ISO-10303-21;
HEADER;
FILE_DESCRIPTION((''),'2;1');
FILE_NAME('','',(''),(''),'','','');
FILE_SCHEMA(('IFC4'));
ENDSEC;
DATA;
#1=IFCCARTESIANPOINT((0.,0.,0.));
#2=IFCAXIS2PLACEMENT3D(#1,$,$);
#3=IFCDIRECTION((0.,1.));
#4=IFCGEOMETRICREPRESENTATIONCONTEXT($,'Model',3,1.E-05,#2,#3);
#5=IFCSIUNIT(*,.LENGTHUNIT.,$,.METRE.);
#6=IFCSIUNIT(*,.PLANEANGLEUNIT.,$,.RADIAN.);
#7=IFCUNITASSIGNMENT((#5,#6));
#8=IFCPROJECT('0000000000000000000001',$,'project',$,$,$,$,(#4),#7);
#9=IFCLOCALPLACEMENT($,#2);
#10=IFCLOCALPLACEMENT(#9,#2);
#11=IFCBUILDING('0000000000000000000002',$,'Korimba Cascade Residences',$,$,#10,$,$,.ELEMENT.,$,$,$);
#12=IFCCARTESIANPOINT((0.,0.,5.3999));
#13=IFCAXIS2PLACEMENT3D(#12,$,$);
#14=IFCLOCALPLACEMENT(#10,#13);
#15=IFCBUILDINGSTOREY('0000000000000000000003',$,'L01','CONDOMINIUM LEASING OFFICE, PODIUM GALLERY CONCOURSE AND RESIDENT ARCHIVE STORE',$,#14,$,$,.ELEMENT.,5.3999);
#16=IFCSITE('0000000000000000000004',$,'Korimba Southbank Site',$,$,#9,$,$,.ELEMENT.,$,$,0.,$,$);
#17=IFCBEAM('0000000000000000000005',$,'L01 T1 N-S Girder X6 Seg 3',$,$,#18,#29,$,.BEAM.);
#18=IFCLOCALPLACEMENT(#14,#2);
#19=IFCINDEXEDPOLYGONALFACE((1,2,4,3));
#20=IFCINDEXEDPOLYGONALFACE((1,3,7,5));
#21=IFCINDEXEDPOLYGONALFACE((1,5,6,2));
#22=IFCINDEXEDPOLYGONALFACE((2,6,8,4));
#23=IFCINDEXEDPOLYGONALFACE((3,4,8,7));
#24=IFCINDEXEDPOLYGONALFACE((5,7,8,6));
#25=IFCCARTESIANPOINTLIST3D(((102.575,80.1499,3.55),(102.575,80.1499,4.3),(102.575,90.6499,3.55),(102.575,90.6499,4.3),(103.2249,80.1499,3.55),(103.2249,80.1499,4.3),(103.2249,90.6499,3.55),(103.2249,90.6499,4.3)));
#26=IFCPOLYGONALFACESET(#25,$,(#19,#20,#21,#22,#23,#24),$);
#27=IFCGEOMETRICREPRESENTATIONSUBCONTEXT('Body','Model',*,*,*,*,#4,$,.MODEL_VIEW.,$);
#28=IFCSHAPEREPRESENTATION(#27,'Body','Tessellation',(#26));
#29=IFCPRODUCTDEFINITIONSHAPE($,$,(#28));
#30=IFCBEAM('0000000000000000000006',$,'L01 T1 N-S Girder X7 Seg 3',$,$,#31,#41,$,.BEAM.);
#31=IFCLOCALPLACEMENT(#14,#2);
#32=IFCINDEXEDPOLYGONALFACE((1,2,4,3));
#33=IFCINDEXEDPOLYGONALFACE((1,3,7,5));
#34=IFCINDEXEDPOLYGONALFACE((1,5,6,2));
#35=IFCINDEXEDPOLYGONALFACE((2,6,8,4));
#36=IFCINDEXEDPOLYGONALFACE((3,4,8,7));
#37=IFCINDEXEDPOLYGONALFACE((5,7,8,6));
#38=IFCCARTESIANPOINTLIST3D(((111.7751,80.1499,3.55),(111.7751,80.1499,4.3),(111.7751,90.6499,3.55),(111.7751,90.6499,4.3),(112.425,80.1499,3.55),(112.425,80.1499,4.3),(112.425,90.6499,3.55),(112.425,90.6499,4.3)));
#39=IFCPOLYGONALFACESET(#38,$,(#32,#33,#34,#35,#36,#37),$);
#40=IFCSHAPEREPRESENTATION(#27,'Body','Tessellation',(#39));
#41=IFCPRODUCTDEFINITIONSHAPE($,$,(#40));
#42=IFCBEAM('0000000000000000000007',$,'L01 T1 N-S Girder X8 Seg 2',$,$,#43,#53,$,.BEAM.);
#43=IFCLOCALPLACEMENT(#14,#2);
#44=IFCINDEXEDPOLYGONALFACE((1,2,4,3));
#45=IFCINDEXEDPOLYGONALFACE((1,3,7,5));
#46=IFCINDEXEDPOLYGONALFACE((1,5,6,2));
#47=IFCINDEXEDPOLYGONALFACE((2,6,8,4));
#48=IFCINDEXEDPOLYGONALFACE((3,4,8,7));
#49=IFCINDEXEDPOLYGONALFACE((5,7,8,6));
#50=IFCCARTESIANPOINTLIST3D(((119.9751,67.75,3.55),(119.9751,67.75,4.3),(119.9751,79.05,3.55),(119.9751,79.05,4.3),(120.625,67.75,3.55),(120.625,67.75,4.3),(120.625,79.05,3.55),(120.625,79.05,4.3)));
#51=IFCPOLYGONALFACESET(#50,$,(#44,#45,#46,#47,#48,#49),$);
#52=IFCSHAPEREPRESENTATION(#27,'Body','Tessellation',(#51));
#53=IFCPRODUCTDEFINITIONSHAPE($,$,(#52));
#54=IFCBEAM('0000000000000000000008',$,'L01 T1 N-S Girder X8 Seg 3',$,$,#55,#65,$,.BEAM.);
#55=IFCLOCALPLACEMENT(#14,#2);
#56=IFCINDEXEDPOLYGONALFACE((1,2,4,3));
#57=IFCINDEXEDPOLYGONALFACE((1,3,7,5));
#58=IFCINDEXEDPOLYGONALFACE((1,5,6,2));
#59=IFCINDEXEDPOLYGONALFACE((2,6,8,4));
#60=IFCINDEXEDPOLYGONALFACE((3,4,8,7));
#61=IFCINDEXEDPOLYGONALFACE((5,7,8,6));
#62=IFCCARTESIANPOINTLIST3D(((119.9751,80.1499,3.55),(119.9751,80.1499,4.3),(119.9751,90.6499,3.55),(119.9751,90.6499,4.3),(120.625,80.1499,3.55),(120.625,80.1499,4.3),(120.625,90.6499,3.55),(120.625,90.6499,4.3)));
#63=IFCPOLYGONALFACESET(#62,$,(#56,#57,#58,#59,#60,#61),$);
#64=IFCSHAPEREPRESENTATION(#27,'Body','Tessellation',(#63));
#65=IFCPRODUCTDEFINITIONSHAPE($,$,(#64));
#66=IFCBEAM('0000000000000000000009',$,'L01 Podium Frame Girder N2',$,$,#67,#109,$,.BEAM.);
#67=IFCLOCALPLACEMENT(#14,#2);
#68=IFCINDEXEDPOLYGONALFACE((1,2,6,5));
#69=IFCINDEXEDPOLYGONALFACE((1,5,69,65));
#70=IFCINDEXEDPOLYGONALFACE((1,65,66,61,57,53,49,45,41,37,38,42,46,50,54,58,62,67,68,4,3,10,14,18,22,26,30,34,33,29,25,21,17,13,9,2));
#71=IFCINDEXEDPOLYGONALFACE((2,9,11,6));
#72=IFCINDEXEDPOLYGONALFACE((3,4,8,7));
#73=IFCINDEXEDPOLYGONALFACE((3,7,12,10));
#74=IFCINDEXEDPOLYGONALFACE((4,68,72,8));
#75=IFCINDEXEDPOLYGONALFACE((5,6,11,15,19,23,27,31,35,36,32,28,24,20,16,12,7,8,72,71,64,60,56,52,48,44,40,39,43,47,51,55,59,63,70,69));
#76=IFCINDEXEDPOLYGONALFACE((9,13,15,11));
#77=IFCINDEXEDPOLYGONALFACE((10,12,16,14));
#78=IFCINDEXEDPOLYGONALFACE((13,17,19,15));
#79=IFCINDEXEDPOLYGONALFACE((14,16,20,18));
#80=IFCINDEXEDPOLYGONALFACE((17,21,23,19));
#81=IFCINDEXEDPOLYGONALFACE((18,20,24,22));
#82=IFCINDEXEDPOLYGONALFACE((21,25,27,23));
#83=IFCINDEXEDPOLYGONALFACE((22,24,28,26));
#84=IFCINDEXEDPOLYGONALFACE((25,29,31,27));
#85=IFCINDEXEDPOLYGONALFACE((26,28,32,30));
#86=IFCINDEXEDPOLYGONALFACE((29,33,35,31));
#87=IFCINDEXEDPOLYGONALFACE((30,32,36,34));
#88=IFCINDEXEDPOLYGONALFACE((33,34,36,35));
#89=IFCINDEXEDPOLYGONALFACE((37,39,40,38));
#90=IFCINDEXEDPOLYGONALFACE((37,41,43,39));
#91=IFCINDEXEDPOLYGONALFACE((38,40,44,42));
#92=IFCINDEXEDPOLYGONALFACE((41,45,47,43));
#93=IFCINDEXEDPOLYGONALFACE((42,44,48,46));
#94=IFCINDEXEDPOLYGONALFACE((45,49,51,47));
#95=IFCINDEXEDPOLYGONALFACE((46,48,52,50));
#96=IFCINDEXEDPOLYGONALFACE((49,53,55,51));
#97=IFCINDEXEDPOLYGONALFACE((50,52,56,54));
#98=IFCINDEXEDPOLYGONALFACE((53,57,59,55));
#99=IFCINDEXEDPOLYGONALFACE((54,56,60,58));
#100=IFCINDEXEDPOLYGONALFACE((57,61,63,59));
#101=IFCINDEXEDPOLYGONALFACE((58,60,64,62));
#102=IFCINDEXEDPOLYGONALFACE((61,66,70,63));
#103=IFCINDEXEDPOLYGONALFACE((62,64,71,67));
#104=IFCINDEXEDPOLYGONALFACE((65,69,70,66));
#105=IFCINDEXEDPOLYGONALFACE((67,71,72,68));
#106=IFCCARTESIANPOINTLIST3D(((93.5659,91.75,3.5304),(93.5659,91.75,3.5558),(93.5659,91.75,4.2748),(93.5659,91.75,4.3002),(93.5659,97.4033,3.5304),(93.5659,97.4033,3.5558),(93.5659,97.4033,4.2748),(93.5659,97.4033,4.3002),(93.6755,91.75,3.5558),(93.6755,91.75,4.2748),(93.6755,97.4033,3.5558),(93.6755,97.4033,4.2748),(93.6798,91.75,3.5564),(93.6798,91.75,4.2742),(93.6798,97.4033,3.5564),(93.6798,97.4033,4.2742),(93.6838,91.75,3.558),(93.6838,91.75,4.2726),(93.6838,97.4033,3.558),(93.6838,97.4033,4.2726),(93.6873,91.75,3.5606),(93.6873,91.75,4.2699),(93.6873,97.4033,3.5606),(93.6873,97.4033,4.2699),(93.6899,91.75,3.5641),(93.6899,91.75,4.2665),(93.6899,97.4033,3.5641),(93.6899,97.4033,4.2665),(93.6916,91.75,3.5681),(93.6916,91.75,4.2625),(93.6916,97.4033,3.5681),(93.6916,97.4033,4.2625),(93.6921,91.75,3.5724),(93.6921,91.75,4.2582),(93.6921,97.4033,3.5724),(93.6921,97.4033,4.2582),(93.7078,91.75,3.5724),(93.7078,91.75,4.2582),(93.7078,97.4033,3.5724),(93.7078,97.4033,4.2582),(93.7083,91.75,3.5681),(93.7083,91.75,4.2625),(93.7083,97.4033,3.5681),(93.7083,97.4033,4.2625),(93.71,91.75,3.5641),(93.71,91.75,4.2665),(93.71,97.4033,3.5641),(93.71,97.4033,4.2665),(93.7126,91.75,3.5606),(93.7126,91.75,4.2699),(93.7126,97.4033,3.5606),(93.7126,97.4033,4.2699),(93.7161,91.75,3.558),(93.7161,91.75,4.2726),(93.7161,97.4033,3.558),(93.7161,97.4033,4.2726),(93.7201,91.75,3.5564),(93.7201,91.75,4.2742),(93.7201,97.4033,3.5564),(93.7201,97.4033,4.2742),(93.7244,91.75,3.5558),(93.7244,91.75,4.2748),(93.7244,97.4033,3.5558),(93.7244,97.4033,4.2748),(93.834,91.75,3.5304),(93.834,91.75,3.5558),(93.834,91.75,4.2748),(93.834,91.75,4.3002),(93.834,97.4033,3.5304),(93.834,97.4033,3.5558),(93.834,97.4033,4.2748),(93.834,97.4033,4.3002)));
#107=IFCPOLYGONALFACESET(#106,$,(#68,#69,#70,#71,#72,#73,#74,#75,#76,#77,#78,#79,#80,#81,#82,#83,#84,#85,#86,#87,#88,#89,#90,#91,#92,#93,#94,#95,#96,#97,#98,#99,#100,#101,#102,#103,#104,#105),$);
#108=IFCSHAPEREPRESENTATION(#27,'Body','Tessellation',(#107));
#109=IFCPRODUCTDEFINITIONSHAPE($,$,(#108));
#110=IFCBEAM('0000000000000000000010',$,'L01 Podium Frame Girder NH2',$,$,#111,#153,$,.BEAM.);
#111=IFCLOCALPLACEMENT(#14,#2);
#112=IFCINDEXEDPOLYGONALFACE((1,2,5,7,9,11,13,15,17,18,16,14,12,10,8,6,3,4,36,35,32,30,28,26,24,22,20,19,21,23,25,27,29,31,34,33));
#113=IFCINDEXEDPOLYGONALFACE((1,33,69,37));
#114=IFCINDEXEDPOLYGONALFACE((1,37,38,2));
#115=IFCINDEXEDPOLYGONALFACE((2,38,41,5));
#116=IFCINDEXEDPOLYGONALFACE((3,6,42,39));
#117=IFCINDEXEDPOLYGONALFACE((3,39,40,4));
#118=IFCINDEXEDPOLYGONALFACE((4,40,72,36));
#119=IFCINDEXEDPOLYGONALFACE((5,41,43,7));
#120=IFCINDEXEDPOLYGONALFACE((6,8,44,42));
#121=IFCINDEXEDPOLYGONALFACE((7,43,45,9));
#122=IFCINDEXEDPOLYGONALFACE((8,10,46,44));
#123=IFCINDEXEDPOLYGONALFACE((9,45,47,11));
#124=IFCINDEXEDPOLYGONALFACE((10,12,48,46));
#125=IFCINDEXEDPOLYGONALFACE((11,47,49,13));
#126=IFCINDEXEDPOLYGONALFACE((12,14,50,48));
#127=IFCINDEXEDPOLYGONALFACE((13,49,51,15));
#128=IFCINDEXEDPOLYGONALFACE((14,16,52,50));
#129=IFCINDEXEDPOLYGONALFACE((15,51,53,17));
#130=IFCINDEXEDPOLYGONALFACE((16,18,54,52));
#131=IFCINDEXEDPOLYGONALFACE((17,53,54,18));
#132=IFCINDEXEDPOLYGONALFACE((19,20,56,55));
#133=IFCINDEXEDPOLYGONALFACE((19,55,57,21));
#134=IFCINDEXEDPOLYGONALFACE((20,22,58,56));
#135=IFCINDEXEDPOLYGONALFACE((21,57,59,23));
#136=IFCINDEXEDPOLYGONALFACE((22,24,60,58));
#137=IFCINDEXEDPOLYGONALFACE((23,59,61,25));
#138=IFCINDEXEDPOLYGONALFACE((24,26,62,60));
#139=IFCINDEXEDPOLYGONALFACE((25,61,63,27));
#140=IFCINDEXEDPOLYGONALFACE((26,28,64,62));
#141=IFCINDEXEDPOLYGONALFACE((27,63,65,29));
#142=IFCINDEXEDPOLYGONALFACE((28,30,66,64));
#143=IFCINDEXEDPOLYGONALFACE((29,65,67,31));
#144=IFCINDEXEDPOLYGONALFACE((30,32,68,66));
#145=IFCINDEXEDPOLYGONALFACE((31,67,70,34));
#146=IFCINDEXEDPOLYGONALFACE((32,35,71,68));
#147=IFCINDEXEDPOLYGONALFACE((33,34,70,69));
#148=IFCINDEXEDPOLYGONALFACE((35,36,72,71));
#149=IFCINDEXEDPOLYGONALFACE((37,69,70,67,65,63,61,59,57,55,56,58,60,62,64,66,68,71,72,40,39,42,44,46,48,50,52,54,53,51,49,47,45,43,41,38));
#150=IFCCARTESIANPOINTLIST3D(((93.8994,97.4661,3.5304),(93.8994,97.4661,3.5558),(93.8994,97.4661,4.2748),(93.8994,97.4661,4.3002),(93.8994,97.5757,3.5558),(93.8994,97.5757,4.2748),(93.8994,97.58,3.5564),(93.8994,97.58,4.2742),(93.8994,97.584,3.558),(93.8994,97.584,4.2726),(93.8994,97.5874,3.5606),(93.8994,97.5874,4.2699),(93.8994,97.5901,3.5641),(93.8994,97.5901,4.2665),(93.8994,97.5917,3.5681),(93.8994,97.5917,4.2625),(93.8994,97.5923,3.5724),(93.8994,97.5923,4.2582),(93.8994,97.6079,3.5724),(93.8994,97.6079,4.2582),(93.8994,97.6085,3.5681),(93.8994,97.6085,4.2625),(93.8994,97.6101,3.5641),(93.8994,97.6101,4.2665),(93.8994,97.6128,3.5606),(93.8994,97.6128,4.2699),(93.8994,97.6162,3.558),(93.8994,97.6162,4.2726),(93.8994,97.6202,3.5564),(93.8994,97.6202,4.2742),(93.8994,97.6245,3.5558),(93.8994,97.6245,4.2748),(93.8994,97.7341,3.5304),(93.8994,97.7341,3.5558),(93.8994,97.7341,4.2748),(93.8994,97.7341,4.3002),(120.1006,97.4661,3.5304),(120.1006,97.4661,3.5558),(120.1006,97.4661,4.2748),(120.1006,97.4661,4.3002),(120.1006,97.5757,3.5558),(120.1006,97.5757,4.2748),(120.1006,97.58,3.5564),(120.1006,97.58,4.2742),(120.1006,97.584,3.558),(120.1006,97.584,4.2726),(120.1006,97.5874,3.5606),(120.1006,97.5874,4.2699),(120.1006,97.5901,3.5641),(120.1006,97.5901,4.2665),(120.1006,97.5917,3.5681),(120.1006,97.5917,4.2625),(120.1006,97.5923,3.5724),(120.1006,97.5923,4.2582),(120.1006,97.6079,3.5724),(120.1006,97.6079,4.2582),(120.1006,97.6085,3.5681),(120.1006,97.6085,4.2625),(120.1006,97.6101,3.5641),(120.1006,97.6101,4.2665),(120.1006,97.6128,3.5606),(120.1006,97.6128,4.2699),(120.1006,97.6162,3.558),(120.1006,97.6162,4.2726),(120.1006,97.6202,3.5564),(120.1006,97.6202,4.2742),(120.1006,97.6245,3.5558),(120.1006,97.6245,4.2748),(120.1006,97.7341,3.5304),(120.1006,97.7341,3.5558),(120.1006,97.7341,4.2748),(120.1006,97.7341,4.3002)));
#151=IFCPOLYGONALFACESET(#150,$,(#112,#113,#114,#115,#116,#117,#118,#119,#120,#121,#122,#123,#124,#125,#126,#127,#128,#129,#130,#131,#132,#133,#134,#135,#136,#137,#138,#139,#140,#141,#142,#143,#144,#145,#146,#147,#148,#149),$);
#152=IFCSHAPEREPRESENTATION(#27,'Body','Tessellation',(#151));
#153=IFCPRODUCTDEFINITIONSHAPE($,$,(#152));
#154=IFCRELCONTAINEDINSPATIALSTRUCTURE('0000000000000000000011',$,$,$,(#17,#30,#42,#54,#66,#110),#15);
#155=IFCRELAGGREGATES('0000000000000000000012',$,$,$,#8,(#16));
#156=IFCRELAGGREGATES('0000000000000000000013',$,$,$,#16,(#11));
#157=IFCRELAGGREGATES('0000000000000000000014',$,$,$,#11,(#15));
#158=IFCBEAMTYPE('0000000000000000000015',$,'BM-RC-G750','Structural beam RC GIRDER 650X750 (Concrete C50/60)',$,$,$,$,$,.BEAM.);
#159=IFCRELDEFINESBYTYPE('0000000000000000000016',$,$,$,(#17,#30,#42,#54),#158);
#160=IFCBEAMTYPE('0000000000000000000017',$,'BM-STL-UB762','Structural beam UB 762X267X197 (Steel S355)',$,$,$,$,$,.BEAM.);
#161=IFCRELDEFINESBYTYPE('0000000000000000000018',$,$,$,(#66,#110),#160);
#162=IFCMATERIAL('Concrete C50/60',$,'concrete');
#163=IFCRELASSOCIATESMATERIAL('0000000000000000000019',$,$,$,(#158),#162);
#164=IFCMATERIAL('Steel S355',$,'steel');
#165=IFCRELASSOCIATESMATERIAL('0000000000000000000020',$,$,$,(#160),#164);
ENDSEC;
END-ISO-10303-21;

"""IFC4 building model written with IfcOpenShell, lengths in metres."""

from ifc_helpers import new_model, si_unit, direction, frame, origin, origin_2d, place, context, subcontext, project, spatial, rectangle, i_section, extrude, material, material_profile, profile_set, type_object, element, save


model = new_model("IFC4")

# Units and contexts
model_context = context("Model", 3, precision=1e-05, world=origin(), true_north=direction((0.0, 1.0)))
body_context = subcontext(model_context, "Body", "Model", "MODEL_VIEW")
ifc_project = project(units=[si_unit("LENGTHUNIT", "METRE"), si_unit("PLANEANGLEUNIT", "RADIAN")], contexts=[model_context])

# Site, building, storey
site_placement = place(None, origin())
site = spatial("IfcSite", under=ifc_project, at=site_placement, Name="Korimba Southbank Site", CompositionType="ELEMENT", RefElevation=0.0)
building_placement = place(site_placement, origin())
building = spatial("IfcBuilding", under=site, at=building_placement, Name="Korimba Cascade Residences", CompositionType="ELEMENT")
storey_placement = place(building_placement, frame((0.0, 0.0, 5.3999)))
storey = spatial("IfcBuildingStorey", under=building, at=storey_placement, Name="L01", Description="CONDOMINIUM LEASING OFFICE, PODIUM GALLERY CONCOURSE AND RESIDENT ARCHIVE STORE", CompositionType="ELEMENT", Elevation=5.3999)

# Shared definitions
ifc_material_1 = material(Name="Steel S355", Category="steel")

# Beams
ifc_material_2 = material(Name="Concrete C50/60", Category="concrete")
ifc_material_profile_1 = material_profile(ifc_material_2, rectangle(XDim=0.6499, YDim=0.75, at=origin_2d()), Name="Concrete C50/60")
ifc_profile_set_1 = profile_set([ifc_material_profile_1], Name="Concrete C50/60")
beam_type_1 = type_object("IfcBeamType", Name="BM-RC-G750", Description="Structural beam RC GIRDER 650X750 (Concrete C50/60)", PredefinedType="BEAM", material=ifc_profile_set_1)
for number, where, z_axis, x_axis, name in (
    (1, (102.8999, 80.1499, 3.925), (0.0, 1.0, 0.0), (-1.0, 0.0, 0.0), "L01 T1 N-S Girder X6 Seg 3"),
    (2, (112.1001, 80.1499, 3.925), (0.0, 1.0, 0.0), (-1.0, 0.0, 0.0), "L01 T1 N-S Girder X7 Seg 3"),
):
    element("IfcBeam", number, at=place(storey_placement, frame(where, z_axis=z_axis, x_axis=x_axis)), inside=storey, type_object=beam_type_1, Name=name, PredefinedType="BEAM", context=body_context, shape_type="SweptSolid", body=[
        extrude(rectangle(XDim=0.6499, YDim=0.75, at=origin_2d()), origin(), (0.0, 0.0, 1.0), 10.5),
    ])
beam_1_placement = place(storey_placement, frame((120.3, 67.75, 3.925), z_axis=(0.0, 1.0, 0.0), x_axis=(-1.0, 0.0, 0.0)))
element("IfcBeam", 3, at=beam_1_placement, inside=storey, type_object=beam_type_1, Name="L01 T1 N-S Girder X8 Seg 2", PredefinedType="BEAM", context=body_context, shape_type="SweptSolid", body=[
    extrude(rectangle(XDim=0.6499, YDim=0.75, at=origin_2d()), origin(), (0.0, 0.0, 1.0), 11.3),
])
beam_2_placement = place(storey_placement, frame((120.3, 80.1499, 3.925), z_axis=(0.0, 1.0, 0.0), x_axis=(-1.0, 0.0, 0.0)))
element("IfcBeam", 4, at=beam_2_placement, inside=storey, type_object=beam_type_1, Name="L01 T1 N-S Girder X8 Seg 3", PredefinedType="BEAM", context=body_context, shape_type="SweptSolid", body=[
    extrude(rectangle(XDim=0.6499, YDim=0.75, at=origin_2d()), origin(), (0.0, 0.0, 1.0), 10.5),
])
ifc_material_profile_2 = material_profile(ifc_material_1, i_section(OverallWidth=0.2681, OverallDepth=0.7698, WebThickness=0.0156, FlangeThickness=0.0254, FilletRadius=0.0166, at=origin_2d()), Name="Steel S355")
ifc_profile_set_2 = profile_set([ifc_material_profile_2], Name="Steel S355")
beam_type_2 = type_object("IfcBeamType", Name="BM-STL-UB762", Description="Structural beam UB 762X267X197 (Steel S355)", PredefinedType="BEAM", material=ifc_profile_set_2)
beam_3_placement = place(storey_placement, frame((93.7, 91.75, 3.9153), z_axis=(0.0, 1.0, 0.0), x_axis=(-1.0, 0.0, 0.0)))
element("IfcBeam", 5, at=beam_3_placement, inside=storey, type_object=beam_type_2, Name="L01 Podium Frame Girder N2", PredefinedType="BEAM", context=body_context, shape_type="SweptSolid", body=[
    extrude(i_section(OverallWidth=0.2681, OverallDepth=0.7698, WebThickness=0.0156, FlangeThickness=0.0254, FilletRadius=0.0166, at=origin_2d()), origin(), (0.0, 0.0, 1.0), 5.6533),
])
beam_4_placement = place(storey_placement, frame((93.8994, 97.6001, 3.9153), z_axis=(1.0, 0.0, 0.0), x_axis=(0.0, 1.0, 0.0)))
element("IfcBeam", 6, at=beam_4_placement, inside=storey, type_object=beam_type_2, Name="L01 Podium Frame Girder NH2", PredefinedType="BEAM", context=body_context, shape_type="SweptSolid", body=[
    extrude(i_section(OverallWidth=0.2681, OverallDepth=0.7698, WebThickness=0.0156, FlangeThickness=0.0254, FilletRadius=0.0166, at=origin_2d()), origin(), (0.0, 0.0, 1.0), 26.2012),
])

save(model, "model.ifc")
